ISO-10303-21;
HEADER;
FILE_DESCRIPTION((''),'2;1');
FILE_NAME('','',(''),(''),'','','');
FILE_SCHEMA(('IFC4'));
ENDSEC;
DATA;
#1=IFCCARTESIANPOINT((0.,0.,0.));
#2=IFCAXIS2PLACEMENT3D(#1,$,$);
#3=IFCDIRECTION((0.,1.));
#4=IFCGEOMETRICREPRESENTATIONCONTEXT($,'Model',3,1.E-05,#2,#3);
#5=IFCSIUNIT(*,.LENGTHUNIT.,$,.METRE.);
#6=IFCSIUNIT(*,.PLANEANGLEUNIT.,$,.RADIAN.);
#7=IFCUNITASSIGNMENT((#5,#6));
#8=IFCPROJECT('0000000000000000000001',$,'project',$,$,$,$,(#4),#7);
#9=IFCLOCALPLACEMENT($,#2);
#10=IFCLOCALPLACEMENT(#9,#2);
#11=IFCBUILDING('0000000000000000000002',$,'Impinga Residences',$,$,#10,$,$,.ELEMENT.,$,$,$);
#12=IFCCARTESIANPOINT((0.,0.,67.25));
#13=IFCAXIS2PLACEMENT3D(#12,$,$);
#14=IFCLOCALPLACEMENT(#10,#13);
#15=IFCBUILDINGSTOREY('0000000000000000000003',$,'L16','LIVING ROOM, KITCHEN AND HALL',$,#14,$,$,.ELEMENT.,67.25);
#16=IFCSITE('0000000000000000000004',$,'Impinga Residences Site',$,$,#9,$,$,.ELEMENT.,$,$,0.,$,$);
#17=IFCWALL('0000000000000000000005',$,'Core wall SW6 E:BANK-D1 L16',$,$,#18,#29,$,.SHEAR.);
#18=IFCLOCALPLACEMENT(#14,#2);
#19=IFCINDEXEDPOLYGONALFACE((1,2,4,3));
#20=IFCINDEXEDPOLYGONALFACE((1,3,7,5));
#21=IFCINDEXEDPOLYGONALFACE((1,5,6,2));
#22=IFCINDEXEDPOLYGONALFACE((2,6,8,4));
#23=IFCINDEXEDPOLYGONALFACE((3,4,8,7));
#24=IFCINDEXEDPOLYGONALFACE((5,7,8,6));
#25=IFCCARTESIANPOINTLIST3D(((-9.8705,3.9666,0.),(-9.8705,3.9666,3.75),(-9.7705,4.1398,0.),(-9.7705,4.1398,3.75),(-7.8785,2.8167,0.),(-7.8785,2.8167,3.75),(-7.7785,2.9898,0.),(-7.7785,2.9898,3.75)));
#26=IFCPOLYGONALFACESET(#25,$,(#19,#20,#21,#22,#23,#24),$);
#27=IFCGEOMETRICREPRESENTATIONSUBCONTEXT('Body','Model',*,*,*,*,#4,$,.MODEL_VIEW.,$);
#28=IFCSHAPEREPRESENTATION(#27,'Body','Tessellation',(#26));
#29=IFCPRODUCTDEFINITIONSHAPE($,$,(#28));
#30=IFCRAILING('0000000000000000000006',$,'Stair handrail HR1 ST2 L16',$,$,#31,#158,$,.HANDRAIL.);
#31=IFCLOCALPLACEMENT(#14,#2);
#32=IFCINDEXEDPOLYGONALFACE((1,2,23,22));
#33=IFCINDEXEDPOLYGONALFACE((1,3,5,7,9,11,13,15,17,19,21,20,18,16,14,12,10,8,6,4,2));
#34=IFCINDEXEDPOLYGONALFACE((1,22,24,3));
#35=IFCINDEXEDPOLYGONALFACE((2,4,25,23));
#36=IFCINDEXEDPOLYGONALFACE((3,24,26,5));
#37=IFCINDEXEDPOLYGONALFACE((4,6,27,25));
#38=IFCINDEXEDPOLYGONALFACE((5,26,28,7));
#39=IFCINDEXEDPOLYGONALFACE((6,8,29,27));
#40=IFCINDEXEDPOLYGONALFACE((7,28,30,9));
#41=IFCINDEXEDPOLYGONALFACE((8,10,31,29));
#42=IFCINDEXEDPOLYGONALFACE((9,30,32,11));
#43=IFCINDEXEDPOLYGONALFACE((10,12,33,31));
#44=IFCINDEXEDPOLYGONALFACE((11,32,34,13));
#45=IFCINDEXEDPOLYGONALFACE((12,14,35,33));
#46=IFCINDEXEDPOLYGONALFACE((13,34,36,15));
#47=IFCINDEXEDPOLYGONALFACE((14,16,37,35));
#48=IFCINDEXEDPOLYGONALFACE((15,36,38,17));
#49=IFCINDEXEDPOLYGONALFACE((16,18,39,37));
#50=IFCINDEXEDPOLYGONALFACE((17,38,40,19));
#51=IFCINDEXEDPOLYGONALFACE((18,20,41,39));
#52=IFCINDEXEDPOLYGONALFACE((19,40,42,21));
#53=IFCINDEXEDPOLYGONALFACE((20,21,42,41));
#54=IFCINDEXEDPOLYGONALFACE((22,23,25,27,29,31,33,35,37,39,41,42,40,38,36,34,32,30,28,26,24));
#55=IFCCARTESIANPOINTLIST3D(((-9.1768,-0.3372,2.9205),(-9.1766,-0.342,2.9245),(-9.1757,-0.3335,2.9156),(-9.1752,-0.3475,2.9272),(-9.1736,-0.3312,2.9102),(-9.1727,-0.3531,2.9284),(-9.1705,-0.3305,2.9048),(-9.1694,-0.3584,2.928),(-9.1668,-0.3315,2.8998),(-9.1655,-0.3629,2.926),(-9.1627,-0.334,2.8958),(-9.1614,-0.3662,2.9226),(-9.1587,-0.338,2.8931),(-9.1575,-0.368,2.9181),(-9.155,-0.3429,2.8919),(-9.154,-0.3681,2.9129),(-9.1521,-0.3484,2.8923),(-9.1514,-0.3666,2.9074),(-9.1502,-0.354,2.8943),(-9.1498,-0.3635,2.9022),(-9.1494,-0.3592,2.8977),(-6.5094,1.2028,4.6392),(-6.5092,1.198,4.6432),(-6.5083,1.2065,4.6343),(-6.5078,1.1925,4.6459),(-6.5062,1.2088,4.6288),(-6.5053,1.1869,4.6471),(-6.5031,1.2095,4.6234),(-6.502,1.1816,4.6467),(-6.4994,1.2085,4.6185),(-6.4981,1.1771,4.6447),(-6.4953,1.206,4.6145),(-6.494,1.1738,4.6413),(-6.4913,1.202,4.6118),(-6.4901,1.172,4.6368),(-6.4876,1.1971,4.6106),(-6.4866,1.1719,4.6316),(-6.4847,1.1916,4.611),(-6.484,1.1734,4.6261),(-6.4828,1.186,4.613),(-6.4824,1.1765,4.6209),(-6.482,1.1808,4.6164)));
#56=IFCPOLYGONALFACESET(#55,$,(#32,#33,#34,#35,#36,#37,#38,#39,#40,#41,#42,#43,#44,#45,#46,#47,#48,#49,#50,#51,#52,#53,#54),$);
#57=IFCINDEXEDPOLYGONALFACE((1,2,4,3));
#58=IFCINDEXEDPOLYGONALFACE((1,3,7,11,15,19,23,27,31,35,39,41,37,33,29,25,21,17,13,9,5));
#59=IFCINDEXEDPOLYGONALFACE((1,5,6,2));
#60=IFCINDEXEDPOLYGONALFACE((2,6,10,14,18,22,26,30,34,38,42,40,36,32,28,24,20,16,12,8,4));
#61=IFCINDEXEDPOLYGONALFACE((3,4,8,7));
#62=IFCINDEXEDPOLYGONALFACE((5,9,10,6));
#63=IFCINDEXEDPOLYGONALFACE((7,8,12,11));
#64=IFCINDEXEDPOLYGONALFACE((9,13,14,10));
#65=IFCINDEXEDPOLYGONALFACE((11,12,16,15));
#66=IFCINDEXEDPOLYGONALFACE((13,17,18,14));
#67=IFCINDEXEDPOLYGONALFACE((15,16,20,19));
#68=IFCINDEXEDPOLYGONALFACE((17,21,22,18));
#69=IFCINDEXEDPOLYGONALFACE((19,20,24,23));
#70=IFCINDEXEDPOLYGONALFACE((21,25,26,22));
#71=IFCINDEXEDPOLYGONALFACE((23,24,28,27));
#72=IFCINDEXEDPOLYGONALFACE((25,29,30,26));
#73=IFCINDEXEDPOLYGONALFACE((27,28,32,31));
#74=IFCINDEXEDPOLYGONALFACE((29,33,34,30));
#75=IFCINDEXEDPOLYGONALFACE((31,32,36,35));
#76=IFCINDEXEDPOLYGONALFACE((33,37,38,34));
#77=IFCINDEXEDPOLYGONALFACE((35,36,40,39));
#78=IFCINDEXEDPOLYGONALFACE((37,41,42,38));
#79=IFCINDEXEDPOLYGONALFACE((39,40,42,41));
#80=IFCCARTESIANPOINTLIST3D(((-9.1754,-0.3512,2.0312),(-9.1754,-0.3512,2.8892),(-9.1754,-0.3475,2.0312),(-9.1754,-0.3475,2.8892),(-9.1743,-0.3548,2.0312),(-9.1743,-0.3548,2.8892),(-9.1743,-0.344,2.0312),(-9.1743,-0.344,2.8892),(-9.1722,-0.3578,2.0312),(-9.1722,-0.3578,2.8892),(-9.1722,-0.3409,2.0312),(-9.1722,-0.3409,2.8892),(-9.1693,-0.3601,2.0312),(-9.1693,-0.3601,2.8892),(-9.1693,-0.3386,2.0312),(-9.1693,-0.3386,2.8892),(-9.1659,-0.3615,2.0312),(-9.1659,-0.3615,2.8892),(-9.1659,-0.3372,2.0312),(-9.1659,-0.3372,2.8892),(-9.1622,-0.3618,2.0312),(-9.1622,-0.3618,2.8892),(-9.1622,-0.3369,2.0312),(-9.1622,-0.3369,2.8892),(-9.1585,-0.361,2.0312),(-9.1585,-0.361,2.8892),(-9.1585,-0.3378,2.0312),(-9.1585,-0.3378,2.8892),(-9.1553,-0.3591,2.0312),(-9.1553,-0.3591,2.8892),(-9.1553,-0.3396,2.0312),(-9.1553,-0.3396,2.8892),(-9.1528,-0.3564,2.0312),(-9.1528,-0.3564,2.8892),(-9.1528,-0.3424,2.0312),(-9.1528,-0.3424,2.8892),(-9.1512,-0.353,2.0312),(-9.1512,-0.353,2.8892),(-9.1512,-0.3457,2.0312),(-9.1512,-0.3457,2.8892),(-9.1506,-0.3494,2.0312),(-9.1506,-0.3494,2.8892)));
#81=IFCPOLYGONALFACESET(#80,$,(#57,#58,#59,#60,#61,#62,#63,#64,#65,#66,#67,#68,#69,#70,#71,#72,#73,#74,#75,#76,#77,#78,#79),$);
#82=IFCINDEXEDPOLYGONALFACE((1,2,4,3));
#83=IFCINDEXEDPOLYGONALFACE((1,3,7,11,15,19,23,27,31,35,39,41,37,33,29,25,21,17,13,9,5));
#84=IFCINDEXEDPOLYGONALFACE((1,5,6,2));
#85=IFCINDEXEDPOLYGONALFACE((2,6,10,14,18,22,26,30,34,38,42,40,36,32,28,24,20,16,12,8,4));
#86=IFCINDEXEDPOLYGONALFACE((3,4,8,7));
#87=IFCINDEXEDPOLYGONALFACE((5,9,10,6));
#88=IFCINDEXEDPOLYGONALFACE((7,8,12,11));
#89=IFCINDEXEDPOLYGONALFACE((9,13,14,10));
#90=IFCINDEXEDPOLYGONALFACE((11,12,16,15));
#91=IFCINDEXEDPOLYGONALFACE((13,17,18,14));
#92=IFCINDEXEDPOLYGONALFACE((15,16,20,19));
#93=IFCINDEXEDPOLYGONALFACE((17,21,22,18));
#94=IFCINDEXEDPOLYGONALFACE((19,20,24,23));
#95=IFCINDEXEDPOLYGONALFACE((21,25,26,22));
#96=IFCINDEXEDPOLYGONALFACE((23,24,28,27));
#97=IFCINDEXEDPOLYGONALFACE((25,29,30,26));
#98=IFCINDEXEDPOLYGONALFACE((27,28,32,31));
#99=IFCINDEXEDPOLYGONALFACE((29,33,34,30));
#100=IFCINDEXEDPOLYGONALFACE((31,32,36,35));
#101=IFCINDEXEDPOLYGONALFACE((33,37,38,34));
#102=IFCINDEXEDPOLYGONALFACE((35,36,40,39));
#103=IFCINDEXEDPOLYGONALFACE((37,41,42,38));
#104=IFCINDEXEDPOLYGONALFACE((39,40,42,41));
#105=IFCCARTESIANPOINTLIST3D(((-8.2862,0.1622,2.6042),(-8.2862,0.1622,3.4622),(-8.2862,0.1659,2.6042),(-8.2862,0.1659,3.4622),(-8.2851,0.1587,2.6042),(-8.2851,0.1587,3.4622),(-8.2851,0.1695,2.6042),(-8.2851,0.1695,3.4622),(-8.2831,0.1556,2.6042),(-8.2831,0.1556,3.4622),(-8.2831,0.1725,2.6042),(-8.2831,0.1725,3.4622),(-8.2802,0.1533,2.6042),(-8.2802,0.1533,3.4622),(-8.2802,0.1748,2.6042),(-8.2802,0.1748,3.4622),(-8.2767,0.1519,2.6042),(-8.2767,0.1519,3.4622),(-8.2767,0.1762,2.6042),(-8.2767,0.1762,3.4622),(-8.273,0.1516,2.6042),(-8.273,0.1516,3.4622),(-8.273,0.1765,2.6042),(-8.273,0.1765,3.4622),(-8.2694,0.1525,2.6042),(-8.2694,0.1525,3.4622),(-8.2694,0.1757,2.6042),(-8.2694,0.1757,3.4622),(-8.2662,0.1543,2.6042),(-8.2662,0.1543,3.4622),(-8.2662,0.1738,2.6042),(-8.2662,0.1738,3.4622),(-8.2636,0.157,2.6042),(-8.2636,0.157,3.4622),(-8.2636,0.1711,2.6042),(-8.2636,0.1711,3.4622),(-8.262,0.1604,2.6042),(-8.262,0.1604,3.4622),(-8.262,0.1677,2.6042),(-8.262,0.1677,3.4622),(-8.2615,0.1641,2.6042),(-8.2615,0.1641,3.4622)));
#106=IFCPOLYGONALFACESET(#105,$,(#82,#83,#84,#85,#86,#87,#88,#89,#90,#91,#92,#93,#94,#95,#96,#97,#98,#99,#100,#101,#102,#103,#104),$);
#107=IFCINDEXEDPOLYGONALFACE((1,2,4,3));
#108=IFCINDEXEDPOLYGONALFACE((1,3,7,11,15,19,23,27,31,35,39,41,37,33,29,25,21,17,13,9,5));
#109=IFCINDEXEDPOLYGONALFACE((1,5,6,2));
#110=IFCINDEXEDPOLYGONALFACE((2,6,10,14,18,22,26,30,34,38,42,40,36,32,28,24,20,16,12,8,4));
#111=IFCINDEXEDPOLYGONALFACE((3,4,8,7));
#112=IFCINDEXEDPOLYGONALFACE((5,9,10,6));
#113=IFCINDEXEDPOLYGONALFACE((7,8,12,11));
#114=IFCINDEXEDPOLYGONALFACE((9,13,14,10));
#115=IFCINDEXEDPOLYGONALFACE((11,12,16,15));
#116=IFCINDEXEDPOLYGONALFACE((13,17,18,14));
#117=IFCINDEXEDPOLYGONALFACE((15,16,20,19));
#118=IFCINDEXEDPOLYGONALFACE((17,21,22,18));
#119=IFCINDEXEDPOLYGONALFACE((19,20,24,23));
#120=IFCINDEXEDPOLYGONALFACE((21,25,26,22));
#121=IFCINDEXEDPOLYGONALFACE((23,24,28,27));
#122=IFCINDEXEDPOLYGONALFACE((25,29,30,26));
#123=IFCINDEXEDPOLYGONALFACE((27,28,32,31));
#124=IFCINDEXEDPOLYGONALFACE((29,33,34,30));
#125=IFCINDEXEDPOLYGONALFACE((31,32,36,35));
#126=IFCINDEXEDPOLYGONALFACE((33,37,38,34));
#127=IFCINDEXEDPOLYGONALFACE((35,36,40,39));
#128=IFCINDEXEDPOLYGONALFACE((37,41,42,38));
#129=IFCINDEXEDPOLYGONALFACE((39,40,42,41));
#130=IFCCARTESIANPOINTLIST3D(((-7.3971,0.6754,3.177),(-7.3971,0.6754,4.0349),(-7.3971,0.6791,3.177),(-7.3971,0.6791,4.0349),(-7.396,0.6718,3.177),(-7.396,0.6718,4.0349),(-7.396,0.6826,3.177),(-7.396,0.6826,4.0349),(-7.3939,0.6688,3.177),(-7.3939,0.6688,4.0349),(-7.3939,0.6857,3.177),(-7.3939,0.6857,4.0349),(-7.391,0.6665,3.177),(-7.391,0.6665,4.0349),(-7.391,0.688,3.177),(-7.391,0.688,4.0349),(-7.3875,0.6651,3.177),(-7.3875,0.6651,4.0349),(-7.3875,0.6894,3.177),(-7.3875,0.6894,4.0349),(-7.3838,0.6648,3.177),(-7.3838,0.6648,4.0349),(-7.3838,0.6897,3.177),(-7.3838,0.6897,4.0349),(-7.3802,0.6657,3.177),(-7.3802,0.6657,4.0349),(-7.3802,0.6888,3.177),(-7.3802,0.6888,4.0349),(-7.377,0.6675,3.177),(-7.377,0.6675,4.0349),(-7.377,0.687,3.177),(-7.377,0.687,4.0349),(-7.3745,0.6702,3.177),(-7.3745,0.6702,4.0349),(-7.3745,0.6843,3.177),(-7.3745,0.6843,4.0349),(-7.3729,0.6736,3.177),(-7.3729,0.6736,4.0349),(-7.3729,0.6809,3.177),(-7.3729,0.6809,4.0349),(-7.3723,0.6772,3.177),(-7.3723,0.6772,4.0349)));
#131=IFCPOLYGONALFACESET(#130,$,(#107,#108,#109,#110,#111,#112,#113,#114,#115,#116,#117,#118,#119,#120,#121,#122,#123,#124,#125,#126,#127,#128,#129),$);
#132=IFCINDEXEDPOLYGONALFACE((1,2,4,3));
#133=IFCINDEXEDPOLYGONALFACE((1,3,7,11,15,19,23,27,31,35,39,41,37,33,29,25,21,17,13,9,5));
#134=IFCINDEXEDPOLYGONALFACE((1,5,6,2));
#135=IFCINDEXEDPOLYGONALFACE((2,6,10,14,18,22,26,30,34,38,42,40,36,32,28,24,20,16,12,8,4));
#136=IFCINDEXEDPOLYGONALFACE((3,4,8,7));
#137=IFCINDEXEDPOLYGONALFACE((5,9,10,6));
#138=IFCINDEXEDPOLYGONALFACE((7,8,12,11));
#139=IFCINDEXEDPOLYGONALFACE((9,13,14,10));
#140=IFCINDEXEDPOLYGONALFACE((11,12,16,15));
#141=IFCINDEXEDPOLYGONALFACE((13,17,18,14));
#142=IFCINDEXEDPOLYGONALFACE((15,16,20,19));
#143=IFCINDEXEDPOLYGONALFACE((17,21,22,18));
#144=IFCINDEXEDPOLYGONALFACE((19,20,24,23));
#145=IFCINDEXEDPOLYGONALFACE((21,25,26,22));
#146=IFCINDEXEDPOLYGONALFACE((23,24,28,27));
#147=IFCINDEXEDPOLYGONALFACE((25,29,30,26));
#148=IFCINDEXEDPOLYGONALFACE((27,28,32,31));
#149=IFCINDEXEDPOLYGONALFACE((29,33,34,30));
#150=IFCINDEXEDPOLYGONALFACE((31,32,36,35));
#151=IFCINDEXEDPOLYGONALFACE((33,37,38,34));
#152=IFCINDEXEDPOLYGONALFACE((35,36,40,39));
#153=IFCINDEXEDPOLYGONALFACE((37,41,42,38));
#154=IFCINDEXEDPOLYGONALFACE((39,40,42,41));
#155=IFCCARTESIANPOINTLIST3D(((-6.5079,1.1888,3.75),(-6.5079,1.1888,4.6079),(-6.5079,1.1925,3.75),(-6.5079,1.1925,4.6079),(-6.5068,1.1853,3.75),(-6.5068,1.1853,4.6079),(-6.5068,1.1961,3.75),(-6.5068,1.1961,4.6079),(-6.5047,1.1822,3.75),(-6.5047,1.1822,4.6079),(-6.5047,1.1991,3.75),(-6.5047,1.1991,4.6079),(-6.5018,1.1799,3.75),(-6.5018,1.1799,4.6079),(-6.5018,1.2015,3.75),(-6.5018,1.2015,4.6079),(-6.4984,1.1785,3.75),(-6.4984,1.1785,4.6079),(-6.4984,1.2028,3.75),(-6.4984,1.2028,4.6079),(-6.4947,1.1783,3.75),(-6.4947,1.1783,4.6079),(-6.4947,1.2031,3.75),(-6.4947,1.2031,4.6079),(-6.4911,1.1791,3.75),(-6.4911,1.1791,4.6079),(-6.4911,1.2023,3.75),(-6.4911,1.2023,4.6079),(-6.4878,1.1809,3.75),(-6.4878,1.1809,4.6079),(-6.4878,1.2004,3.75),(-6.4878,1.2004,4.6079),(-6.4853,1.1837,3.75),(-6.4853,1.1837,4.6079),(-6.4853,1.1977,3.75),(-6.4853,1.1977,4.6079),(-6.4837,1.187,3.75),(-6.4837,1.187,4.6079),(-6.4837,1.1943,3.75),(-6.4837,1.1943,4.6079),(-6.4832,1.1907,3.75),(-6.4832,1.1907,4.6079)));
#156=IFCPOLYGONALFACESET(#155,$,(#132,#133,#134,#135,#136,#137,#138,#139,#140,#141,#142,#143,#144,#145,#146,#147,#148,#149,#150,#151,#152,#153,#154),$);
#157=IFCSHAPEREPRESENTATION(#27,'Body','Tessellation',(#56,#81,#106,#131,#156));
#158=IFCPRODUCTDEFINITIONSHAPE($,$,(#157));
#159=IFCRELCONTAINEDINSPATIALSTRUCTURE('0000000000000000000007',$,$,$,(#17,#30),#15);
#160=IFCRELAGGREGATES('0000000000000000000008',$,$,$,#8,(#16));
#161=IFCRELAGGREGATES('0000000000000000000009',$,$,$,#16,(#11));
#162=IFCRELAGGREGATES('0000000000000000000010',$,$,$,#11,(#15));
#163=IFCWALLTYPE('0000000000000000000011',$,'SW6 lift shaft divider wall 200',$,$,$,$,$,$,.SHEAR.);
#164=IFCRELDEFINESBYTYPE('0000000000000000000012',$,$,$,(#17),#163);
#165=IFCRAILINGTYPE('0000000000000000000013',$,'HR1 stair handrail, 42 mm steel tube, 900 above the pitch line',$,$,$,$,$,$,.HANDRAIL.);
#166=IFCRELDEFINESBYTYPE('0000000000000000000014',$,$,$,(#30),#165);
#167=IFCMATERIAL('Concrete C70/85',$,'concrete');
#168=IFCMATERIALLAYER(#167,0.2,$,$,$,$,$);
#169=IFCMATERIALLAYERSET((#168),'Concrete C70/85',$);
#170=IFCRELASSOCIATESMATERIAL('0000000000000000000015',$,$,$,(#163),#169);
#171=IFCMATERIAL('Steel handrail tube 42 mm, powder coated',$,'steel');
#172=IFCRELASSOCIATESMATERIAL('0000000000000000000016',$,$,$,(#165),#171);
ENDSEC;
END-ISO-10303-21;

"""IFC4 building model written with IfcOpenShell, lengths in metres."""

from ifc_helpers import new_model, si_unit, direction, frame, frame_2d, origin, origin_2d, place, context, subcontext, project, spatial, rectangle, circle, extrude, material, layer, layer_set, type_object, element, save


model = new_model("IFC4")

# Units and contexts
model_context = context("Model", 3, precision=1e-05, world=origin(), true_north=direction((0.0, 1.0)))
body_context = subcontext(model_context, "Body", "Model", "MODEL_VIEW")
ifc_project = project(units=[si_unit("LENGTHUNIT", "METRE"), si_unit("PLANEANGLEUNIT", "RADIAN")], contexts=[model_context])

# Site, building, storey
site_placement = place(None, origin())
site = spatial("IfcSite", under=ifc_project, at=site_placement, Name="Impinga Residences Site", CompositionType="ELEMENT", RefElevation=0.0)
building_placement = place(site_placement, origin())
building = spatial("IfcBuilding", under=site, at=building_placement, Name="Impinga Residences", CompositionType="ELEMENT")
storey_placement = place(building_placement, frame((0.0, 0.0, 67.25)))
storey = spatial("IfcBuildingStorey", under=building, at=storey_placement, Name="L16", Description="LIVING ROOM, KITCHEN AND HALL", CompositionType="ELEMENT", Elevation=67.25)

# Shared definitions
ifc_material_1 = material(Name="Concrete C70/85", Category="concrete")

# Wall
ifc_layer_1 = layer(ifc_material_1, 0.2)
ifc_layer_set_1 = layer_set([ifc_layer_1], Name="Concrete C70/85")
wall_type_1 = type_object("IfcWallType", Name="SW6 lift shaft divider wall 200", PredefinedType="SHEAR", material=ifc_layer_set_1)
wall_1_placement = place(storey_placement, frame((-7.8286, 2.9033, 0.0), z_axis=(0.0, 0.0, 1.0), x_axis=(-0.866053, 0.499952, 0.0)))
element("IfcWall", 1, at=wall_1_placement, inside=storey, type_object=wall_type_1, Name="Core wall SW6 E:BANK-D1 L16", PredefinedType="SHEAR", context=body_context, shape_type="SweptSolid", body=[
    extrude(rectangle(XDim=2.3, YDim=0.2, at=frame_2d((1.1499, 0.0))), origin(), (0.0, 0.0, 1.0), 3.75),
])

# Railing
ifc_material_2 = material(Name="Steel handrail tube 42 mm, powder coated", Category="steel")
railing_type = type_object("IfcRailingType", Name="HR1 stair handrail, 42 mm steel tube, 900 above the pitch line", PredefinedType="HANDRAIL", material=ifc_material_2)
railing_placement = place(storey_placement, frame((-9.1631, -0.3494, 2.0312)))
element("IfcRailing", 2, at=railing_placement, inside=storey, type_object=railing_type, Name="Stair handrail HR1 ST2 L16", PredefinedType="HANDRAIL", context=body_context, shape_type="SweptSolid", body=[
    extrude(circle(Radius=0.021, at=origin_2d()), frame((0.0, 0.0, 0.8789), z_axis=(0.756256, 0.436616, 0.487282), x_axis=(-0.499992, 0.86603, 0.0)), (0.0, 0.0, 1.0), 3.5271),
    extrude(circle(Radius=0.0125, at=origin_2d()), origin(), (0.0, 0.0, 1.0), 0.8579),
    extrude(circle(Radius=0.0125, at=origin_2d()), frame((0.8892, 0.5134, 0.573)), (0.0, 0.0, 1.0), 0.8579),
    extrude(circle(Radius=0.0125, at=origin_2d()), frame((1.7783, 1.0266, 1.1458)), (0.0, 0.0, 1.0), 0.8579),
    extrude(circle(Radius=0.0125, at=origin_2d()), frame((2.6675, 1.54, 1.7188)), (0.0, 0.0, 1.0), 0.8579),
])

save(model, "model.ifc")
